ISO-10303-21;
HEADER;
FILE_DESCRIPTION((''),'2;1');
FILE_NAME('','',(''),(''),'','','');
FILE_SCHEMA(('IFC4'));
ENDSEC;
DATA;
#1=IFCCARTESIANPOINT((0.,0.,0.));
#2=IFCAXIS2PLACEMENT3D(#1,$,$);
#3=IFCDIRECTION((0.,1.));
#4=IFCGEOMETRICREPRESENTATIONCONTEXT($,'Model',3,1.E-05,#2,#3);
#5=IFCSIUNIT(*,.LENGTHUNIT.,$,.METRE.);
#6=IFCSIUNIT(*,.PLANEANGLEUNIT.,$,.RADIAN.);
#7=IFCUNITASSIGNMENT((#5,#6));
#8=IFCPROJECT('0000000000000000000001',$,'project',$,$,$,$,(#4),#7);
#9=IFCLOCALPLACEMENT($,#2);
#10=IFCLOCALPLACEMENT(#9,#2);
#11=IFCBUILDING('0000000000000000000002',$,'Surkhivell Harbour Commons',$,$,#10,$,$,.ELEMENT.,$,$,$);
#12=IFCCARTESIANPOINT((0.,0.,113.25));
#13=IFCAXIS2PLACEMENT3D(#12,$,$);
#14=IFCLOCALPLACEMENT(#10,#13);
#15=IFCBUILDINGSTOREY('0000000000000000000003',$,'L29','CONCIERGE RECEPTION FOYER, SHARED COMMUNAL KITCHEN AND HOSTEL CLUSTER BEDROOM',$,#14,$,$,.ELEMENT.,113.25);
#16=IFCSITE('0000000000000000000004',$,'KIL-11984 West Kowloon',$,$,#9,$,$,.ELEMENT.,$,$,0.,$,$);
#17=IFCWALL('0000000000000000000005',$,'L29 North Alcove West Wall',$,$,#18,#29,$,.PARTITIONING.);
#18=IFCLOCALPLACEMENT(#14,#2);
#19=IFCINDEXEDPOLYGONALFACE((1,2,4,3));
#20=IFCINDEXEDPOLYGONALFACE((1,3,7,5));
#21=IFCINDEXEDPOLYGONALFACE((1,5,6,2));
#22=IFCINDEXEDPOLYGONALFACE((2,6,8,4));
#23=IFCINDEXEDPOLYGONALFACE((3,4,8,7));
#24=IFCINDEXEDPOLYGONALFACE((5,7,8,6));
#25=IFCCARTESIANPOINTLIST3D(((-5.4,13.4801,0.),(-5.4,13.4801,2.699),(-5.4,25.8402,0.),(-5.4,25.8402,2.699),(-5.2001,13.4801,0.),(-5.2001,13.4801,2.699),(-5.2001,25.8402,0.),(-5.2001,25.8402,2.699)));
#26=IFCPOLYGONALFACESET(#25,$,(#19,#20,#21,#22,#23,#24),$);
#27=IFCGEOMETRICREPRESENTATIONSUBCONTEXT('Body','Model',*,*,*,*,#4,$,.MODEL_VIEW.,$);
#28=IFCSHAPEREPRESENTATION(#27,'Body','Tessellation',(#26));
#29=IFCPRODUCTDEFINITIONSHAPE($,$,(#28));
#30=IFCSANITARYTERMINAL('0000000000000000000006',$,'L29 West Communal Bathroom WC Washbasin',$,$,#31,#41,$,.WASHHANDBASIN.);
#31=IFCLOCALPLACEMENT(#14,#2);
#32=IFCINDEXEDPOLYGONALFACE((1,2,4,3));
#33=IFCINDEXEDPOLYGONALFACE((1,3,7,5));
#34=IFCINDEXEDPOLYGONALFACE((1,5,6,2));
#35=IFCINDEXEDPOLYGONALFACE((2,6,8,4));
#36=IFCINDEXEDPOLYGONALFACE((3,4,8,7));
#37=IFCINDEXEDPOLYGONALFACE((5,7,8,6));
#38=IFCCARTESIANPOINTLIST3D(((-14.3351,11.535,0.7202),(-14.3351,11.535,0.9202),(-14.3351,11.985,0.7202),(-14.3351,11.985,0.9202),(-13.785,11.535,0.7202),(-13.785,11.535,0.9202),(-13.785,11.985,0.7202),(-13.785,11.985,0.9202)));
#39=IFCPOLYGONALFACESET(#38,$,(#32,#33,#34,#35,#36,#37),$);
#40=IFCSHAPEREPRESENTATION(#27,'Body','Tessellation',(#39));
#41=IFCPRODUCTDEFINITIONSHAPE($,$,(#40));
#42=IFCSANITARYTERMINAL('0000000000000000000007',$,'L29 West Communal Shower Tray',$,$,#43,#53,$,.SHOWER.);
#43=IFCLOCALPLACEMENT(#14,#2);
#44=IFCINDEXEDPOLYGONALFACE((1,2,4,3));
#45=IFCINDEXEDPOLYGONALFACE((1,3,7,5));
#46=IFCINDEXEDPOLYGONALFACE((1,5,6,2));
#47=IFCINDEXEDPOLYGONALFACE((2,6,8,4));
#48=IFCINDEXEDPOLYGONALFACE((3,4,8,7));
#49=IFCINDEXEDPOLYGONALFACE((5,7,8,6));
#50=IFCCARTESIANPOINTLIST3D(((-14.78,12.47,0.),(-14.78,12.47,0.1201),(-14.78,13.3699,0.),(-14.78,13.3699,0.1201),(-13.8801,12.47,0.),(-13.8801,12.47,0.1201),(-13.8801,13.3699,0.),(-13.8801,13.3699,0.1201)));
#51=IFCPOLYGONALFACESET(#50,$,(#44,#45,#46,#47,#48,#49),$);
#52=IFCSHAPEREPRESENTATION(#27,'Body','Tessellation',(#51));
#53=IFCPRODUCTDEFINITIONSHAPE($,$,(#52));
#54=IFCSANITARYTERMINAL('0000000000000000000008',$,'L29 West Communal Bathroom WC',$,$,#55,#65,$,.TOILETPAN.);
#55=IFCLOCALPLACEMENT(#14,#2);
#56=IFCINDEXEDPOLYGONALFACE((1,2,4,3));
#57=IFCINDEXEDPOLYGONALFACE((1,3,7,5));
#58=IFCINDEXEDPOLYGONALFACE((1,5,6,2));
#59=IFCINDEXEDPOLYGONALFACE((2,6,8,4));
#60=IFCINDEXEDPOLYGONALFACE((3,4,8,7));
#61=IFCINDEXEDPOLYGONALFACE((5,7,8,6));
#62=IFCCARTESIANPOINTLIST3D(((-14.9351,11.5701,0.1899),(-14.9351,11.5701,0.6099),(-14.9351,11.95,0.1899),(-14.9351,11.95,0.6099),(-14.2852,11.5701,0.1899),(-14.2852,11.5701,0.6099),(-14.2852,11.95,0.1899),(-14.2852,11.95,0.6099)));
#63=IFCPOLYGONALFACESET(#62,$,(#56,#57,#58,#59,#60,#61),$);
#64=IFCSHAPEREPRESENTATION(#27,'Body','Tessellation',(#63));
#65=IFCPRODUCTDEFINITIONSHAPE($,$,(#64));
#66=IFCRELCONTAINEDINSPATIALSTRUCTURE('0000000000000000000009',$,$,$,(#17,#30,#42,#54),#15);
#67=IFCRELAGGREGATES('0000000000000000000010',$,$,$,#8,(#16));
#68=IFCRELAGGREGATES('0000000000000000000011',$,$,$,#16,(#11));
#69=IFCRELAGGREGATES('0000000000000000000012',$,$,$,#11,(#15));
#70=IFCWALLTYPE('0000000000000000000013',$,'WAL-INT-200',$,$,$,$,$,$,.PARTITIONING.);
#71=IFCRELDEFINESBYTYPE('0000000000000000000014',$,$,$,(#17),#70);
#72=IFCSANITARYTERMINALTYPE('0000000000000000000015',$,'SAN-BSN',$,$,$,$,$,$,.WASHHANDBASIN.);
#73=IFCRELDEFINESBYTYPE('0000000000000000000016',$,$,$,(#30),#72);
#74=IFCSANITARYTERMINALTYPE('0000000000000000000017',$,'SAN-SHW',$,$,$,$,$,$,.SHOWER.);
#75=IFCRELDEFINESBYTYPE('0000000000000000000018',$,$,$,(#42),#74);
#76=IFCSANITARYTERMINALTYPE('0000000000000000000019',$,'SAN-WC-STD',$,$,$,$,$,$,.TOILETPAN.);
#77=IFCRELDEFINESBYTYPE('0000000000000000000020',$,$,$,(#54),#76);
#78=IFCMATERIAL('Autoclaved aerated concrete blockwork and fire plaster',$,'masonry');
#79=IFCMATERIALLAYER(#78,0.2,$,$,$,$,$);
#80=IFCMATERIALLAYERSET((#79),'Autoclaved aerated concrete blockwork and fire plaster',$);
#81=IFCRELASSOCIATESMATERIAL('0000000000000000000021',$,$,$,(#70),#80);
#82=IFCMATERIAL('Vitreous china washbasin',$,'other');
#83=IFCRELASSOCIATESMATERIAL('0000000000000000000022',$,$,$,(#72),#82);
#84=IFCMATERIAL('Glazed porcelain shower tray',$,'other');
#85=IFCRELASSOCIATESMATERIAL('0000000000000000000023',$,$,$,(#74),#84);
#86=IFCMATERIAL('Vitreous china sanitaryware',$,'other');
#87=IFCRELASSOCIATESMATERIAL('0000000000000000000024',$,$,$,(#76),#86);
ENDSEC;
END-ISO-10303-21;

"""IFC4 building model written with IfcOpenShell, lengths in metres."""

from ifc_helpers import new_model, si_unit, direction, frame, frame_2d, origin, origin_2d, place, context, subcontext, project, spatial, rectangle, extrude, material, layer, layer_set, type_object, element, save


model = new_model("IFC4")

# Units and contexts
model_context = context("Model", 3, precision=1e-05, world=origin(), true_north=direction((0.0, 1.0)))
body_context = subcontext(model_context, "Body", "Model", "MODEL_VIEW")
ifc_project = project(units=[si_unit("LENGTHUNIT", "METRE"), si_unit("PLANEANGLEUNIT", "RADIAN")], contexts=[model_context])

# Site, building, storey
site_placement = place(None, origin())
site = spatial("IfcSite", under=ifc_project, at=site_placement, Name="KIL-11984 West Kowloon", CompositionType="ELEMENT", RefElevation=0.0)
building_placement = place(site_placement, origin())
building = spatial("IfcBuilding", under=site, at=building_placement, Name="Surkhivell Harbour Commons", CompositionType="ELEMENT")
storey_placement = place(building_placement, frame((0.0, 0.0, 113.25)))
storey = spatial("IfcBuildingStorey", under=building, at=storey_placement, Name="L29", Description="CONCIERGE RECEPTION FOYER, SHARED COMMUNAL KITCHEN AND HOSTEL CLUSTER BEDROOM", CompositionType="ELEMENT", Elevation=113.25)

# Shared definitions
ifc_material_1 = material(Name="Autoclaved aerated concrete blockwork and fire plaster", Category="masonry")
ifc_layer_1 = layer(ifc_material_1, 0.2)
ifc_layer_set_1 = layer_set([ifc_layer_1], Name="Autoclaved aerated concrete blockwork and fire plaster")
wall_type_1 = type_object("IfcWallType", Name="WAL-INT-200", PredefinedType="PARTITIONING", material=ifc_layer_set_1)

# Wall
wall_1_placement = place(storey_placement, frame((-5.3, 13.48, 0.0), z_axis=(0.0, 0.0, 1.0), x_axis=(0.0, 1.0, 0.0)))
element("IfcWall", 1, at=wall_1_placement, inside=storey, type_object=wall_type_1, Name="L29 North Alcove West Wall", PredefinedType="PARTITIONING", context=body_context, shape_type="SweptSolid", body=[
    extrude(rectangle(XDim=12.3601, YDim=0.2, at=frame_2d((6.1802, 0.0))), origin(), (0.0, 0.0, 1.0), 2.699),
])

# Sanitary terminals
ifc_material_2 = material(Name="Vitreous china washbasin", Category="other")
sanitary_terminal_type_1 = type_object("IfcSanitaryTerminalType", Name="SAN-BSN", PredefinedType="WASHHANDBASIN", material=ifc_material_2)
sanitary_terminal_1_placement = place(storey_placement, frame((-14.0601, 11.76, 0.7202), z_axis=(0.0, 0.0, 1.0), x_axis=(1.0, 0.0, 0.0)))
element("IfcSanitaryTerminal", 2, at=sanitary_terminal_1_placement, inside=storey, type_object=sanitary_terminal_type_1, Name="L29 West Communal Bathroom WC Washbasin", PredefinedType="WASHHANDBASIN", context=body_context, shape_type="SweptSolid", body=[
    extrude(rectangle(XDim=0.55, YDim=0.45, at=origin_2d()), origin(), (0.0, 0.0, 1.0), 0.2),
])
ifc_material_3 = material(Name="Glazed porcelain shower tray", Category="other")
sanitary_terminal_type_2 = type_object("IfcSanitaryTerminalType", Name="SAN-SHW", PredefinedType="SHOWER", material=ifc_material_3)
sanitary_terminal_2_placement = place(storey_placement, frame((-14.3301, 12.9199, 0.0), z_axis=(0.0, 0.0, 1.0), x_axis=(1.0, 0.0, 0.0)))
element("IfcSanitaryTerminal", 3, at=sanitary_terminal_2_placement, inside=storey, type_object=sanitary_terminal_type_2, Name="L29 West Communal Shower Tray", PredefinedType="SHOWER", context=body_context, shape_type="SweptSolid", body=[
    extrude(rectangle(XDim=0.8999, YDim=0.8999, at=origin_2d()), origin(), (0.0, 0.0, 1.0), 0.1201),
])
ifc_material_4 = material(Name="Vitreous china sanitaryware", Category="other")
sanitary_terminal_type_3 = type_object("IfcSanitaryTerminalType", Name="SAN-WC-STD", PredefinedType="TOILETPAN", material=ifc_material_4)
sanitary_terminal_3_placement = place(storey_placement, frame((-14.6101, 11.76, 0.1899), z_axis=(0.0, 0.0, 1.0), x_axis=(1.0, 0.0, 0.0)))
element("IfcSanitaryTerminal", 4, at=sanitary_terminal_3_placement, inside=storey, type_object=sanitary_terminal_type_3, Name="L29 West Communal Bathroom WC", PredefinedType="TOILETPAN", context=body_context, shape_type="SweptSolid", body=[
    extrude(rectangle(XDim=0.6499, YDim=0.3799, at=origin_2d()), origin(), (0.0, 0.0, 1.0), 0.4199),
])

save(model, "model.ifc")
